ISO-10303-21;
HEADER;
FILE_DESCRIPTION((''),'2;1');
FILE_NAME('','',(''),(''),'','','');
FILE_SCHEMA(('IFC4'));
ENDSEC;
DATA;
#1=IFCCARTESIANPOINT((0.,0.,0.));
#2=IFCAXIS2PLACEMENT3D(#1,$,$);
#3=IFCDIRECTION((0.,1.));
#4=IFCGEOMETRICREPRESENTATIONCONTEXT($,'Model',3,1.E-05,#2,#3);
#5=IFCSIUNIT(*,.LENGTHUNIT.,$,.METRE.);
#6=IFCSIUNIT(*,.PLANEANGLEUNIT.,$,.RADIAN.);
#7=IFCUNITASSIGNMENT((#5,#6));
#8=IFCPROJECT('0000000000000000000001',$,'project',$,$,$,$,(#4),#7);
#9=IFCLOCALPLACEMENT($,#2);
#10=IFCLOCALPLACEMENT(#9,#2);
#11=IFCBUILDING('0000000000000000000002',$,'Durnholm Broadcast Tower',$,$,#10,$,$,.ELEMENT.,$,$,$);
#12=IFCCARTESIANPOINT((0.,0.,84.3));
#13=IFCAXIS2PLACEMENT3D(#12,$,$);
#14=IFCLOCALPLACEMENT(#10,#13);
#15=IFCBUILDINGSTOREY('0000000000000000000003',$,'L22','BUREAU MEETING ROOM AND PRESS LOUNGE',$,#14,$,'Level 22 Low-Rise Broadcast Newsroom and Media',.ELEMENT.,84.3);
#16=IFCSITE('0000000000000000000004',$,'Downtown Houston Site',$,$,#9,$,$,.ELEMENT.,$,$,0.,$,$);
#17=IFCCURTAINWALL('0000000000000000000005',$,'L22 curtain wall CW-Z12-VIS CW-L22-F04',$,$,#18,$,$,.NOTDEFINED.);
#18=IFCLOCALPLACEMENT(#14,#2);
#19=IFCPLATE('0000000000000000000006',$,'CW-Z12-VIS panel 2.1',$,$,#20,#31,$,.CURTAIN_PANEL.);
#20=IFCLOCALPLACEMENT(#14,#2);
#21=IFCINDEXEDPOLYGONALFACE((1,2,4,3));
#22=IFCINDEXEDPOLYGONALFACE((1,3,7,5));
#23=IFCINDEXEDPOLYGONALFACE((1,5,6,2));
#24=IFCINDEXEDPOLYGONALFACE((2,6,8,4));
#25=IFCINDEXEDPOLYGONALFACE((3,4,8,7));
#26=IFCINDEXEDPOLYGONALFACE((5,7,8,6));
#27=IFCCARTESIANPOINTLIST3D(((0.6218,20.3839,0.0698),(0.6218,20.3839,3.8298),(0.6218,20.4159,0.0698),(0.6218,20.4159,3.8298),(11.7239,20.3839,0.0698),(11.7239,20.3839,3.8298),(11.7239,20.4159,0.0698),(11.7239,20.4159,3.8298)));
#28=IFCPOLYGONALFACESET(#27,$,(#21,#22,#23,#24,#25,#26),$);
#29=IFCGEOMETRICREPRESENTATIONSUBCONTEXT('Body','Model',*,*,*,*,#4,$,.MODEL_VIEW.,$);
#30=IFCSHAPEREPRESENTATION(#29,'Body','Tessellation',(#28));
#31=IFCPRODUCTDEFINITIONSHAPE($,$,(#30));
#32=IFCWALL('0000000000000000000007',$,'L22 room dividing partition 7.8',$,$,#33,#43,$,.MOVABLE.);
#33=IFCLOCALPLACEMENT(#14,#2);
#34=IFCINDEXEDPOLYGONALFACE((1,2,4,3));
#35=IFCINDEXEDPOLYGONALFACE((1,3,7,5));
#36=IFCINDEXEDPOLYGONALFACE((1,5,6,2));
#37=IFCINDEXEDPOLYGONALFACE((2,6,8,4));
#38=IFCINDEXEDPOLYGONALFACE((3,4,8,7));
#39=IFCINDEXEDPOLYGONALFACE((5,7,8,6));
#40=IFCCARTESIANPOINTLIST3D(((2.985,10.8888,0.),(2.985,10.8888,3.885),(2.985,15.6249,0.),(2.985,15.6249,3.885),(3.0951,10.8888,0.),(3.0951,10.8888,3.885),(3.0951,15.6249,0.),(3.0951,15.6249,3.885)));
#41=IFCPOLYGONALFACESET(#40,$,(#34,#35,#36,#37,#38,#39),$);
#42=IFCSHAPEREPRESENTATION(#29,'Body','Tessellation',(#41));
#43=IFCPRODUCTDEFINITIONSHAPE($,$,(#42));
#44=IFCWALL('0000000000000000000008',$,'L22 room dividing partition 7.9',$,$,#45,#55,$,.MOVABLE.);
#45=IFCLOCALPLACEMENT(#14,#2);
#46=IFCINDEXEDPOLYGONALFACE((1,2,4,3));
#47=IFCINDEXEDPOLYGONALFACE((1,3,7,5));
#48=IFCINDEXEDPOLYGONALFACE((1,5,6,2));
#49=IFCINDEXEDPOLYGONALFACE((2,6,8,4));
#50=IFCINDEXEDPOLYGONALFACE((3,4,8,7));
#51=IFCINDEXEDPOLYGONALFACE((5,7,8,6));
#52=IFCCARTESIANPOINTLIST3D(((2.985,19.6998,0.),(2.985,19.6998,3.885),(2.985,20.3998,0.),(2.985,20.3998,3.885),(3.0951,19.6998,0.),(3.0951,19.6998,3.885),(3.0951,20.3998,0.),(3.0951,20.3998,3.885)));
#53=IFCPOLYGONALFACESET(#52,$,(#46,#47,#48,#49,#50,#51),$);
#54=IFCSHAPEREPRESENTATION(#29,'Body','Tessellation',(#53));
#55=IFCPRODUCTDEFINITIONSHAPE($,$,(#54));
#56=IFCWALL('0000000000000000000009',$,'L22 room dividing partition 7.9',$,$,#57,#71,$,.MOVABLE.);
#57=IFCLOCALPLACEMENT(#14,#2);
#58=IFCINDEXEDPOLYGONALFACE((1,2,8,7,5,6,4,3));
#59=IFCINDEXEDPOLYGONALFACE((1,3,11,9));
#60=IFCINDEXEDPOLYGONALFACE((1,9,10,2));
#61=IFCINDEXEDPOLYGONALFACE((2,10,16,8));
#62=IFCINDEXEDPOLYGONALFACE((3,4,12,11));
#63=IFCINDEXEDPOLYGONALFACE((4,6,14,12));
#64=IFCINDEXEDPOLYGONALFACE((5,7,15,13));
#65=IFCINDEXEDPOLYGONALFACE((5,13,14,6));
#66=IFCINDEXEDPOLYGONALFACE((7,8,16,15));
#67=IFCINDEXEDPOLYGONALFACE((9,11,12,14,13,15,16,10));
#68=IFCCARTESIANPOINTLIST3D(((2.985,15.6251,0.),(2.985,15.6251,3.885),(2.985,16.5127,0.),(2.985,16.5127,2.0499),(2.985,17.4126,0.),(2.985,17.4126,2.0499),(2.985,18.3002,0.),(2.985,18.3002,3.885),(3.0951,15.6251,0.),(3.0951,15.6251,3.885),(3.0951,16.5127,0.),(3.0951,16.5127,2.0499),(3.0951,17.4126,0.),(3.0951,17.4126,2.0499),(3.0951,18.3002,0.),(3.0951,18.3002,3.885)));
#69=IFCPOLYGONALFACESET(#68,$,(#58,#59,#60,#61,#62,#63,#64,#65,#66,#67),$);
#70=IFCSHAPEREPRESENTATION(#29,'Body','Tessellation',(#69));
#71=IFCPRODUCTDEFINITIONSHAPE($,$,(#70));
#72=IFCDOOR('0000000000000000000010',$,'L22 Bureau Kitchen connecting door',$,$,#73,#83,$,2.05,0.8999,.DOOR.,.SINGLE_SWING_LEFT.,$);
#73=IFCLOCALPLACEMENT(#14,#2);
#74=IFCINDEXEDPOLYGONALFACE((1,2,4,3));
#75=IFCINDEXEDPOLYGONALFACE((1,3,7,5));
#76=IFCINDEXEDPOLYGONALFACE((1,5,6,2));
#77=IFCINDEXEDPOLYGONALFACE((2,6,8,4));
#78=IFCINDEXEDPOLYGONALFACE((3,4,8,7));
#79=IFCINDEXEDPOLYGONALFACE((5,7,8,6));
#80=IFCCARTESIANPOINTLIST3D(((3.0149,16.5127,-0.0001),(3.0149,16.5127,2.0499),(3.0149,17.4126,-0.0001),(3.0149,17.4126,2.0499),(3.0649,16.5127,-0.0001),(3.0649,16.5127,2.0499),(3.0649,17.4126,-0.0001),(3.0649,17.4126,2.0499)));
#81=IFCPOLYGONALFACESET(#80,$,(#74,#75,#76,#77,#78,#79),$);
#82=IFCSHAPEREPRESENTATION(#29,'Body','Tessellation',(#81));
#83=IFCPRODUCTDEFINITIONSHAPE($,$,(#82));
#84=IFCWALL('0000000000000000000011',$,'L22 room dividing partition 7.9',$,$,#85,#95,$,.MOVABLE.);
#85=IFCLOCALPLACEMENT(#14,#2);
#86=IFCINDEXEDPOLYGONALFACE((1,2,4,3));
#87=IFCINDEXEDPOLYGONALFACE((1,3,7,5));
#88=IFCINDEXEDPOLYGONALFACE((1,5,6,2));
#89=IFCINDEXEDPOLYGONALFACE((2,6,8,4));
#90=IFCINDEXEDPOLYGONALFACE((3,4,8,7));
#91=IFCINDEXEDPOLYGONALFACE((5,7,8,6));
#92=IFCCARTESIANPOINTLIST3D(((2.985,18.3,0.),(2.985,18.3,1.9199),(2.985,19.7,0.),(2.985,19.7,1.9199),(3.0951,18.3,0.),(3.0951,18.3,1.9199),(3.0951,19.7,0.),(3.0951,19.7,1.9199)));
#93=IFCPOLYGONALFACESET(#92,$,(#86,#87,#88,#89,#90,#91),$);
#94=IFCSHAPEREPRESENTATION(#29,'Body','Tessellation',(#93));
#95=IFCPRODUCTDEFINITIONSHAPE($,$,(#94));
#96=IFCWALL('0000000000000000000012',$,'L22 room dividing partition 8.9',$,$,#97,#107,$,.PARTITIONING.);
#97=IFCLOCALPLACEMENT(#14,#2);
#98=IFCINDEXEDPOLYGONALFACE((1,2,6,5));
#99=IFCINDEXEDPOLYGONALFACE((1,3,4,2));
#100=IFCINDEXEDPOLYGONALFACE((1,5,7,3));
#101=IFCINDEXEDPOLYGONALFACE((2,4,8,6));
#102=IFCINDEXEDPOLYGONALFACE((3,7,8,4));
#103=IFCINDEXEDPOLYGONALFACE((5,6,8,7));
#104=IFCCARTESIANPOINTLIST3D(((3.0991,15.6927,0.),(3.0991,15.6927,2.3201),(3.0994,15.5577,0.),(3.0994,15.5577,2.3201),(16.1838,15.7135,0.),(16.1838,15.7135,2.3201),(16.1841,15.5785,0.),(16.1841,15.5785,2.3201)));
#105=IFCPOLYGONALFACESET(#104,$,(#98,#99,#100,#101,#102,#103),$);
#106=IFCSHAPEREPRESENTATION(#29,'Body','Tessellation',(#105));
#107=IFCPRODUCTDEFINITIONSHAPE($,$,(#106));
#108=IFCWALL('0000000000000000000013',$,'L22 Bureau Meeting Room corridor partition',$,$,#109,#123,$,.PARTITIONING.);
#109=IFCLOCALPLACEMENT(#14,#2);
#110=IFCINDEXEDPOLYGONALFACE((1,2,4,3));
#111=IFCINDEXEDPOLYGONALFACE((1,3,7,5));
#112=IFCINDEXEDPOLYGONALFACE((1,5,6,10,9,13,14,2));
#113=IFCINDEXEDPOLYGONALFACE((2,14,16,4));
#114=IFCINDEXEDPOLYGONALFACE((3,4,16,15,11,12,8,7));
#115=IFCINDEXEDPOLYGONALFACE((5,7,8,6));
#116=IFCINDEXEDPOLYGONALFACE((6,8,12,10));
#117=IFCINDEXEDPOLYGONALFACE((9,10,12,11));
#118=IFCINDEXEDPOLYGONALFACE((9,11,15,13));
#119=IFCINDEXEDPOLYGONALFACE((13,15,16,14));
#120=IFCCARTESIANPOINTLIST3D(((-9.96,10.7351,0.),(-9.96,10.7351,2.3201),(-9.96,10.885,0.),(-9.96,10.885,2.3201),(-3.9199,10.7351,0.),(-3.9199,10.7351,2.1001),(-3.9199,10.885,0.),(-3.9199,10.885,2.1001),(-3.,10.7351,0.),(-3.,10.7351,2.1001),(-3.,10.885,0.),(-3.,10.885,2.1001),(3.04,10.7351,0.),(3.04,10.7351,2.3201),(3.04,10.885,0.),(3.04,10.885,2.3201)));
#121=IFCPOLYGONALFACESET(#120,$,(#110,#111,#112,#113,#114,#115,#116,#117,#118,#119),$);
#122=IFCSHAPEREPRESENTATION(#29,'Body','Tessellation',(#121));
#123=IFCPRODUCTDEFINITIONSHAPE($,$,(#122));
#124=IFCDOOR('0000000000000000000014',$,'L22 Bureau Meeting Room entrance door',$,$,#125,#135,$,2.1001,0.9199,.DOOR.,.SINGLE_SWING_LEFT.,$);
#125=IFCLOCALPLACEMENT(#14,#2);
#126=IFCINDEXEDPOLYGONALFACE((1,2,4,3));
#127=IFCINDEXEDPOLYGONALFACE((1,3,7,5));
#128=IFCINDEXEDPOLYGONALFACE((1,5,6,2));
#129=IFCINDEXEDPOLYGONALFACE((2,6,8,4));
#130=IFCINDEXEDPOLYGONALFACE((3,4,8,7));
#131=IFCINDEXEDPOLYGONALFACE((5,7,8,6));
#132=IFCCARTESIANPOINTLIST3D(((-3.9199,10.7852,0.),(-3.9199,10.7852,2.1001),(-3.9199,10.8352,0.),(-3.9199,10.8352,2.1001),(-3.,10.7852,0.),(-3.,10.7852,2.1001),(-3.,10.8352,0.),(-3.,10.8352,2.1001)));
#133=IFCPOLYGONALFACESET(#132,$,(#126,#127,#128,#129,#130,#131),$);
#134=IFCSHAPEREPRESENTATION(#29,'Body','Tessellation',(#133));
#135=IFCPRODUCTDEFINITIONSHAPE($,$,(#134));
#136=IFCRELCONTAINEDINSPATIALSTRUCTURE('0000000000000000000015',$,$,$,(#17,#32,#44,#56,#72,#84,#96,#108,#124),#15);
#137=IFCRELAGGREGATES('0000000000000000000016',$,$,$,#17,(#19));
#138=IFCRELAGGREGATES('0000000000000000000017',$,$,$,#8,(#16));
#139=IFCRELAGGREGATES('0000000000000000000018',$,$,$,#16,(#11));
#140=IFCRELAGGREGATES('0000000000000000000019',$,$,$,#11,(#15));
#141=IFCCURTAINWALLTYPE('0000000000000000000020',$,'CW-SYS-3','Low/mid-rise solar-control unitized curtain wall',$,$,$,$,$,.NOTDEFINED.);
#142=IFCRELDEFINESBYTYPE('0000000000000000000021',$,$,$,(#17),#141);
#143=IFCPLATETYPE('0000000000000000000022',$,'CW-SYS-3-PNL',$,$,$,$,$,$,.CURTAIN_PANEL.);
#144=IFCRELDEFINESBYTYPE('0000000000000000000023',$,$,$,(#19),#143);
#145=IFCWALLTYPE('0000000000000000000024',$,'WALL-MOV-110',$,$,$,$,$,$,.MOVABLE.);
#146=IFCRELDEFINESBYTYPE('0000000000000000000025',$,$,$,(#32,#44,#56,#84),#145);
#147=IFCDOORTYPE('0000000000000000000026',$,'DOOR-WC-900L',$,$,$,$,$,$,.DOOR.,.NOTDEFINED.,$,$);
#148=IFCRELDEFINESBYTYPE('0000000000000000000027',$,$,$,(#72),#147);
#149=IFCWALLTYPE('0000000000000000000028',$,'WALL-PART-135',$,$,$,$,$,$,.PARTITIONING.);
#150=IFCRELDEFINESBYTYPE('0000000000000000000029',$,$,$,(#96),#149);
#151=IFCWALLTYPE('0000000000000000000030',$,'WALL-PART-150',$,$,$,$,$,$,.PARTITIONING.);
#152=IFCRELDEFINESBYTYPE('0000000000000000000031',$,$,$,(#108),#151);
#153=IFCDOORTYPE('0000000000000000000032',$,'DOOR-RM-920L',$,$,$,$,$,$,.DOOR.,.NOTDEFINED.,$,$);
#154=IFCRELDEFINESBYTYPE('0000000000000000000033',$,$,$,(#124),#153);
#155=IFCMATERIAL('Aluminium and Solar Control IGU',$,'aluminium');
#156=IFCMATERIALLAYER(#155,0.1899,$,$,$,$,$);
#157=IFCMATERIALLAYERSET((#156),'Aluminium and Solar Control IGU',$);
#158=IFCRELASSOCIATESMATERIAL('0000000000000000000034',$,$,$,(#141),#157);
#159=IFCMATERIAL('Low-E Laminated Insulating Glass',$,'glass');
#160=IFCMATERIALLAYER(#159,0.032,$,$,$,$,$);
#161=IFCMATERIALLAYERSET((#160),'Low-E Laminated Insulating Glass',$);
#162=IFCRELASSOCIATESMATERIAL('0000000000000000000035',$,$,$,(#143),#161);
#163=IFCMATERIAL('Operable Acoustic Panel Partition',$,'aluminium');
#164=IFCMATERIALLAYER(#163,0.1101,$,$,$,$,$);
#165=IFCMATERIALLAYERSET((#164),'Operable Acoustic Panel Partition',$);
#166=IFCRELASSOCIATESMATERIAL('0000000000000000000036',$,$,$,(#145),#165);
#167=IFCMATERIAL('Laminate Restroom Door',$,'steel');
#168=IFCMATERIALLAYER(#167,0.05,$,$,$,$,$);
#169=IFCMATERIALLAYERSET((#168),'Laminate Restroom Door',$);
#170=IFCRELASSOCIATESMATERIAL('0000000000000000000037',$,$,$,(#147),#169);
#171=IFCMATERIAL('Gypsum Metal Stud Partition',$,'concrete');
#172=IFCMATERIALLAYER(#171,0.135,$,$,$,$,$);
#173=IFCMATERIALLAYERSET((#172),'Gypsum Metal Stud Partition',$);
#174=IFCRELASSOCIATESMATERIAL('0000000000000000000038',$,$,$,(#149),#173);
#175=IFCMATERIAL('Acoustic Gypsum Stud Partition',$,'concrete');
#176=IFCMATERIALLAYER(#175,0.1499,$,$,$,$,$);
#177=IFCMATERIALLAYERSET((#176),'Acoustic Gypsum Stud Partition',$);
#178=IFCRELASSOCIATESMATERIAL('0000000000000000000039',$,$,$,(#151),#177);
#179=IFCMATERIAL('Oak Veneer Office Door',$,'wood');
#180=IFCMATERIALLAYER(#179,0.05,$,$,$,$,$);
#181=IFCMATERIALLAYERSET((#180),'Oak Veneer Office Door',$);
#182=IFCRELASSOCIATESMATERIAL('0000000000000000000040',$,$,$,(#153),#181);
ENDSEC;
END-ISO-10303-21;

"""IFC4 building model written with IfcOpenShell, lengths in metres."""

from ifc_helpers import new_model, si_unit, direction, frame, frame_2d, origin, origin_2d, place, context, subcontext, project, spatial, rectangle, extrude, source, transform, mapped, material, layer, layer_set, type_object, type_shapes, element, fill, aggregate, save


model = new_model("IFC4")

# Units and contexts
model_context = context("Model", 3, precision=1e-05, world=origin(), true_north=direction((0.0, 1.0)))
body_context = subcontext(model_context, "Body", "Model", "MODEL_VIEW")
ifc_project = project(units=[si_unit("LENGTHUNIT", "METRE"), si_unit("PLANEANGLEUNIT", "RADIAN")], contexts=[model_context])

# Site, building, storey
site_placement = place(None, origin())
site = spatial("IfcSite", under=ifc_project, at=site_placement, Name="Downtown Houston Site", CompositionType="ELEMENT", RefElevation=0.0)
building_placement = place(site_placement, origin())
building = spatial("IfcBuilding", under=site, at=building_placement, Name="Durnholm Broadcast Tower", CompositionType="ELEMENT")
storey_placement = place(building_placement, frame((0.0, 0.0, 84.3)))
storey = spatial("IfcBuildingStorey", under=building, at=storey_placement, Name="L22", Description="BUREAU MEETING ROOM AND PRESS LOUNGE", LongName="Level 22 Low-Rise Broadcast Newsroom and Media", CompositionType="ELEMENT", Elevation=84.3)

# Curtain wall
ifc_material_1 = material(Name="Aluminium and Solar Control IGU", Category="aluminium")
ifc_layer_1 = layer(ifc_material_1, 0.1899)
ifc_layer_set_1 = layer_set([ifc_layer_1], Name="Aluminium and Solar Control IGU")
curtain_wall_type_1 = type_object("IfcCurtainWallType", Name="CW-SYS-3", Description="Low/mid-rise solar-control unitized curtain wall", PredefinedType="NOTDEFINED", material=ifc_layer_set_1)
curtain_wall_1_placement = place(storey_placement, origin())
curtain_wall_1 = element("IfcCurtainWall", 1, at=curtain_wall_1_placement, inside=storey, type_object=curtain_wall_type_1, Name="L22 curtain wall CW-Z12-VIS CW-L22-F04", PredefinedType="NOTDEFINED")

# Plate
ifc_material_2 = material(Name="Low-E Laminated Insulating Glass", Category="glass")
ifc_layer_2 = layer(ifc_material_2, 0.032)
ifc_layer_set_2 = layer_set([ifc_layer_2], Name="Low-E Laminated Insulating Glass")
plate_type_1 = type_object("IfcPlateType", Name="CW-SYS-3-PNL", PredefinedType="CURTAIN_PANEL", material=ifc_layer_set_2)
shared_shape_1 = source(origin(), body_context, "Body", "SweptSolid", [
    extrude(rectangle(XDim=11.1021, YDim=0.032, at=origin_2d()), origin(), (0.0, 0.0, 1.0), 3.76),
])
type_shapes(plate_type_1, [shared_shape_1])
plate_1_placement = place(storey_placement, frame((6.1729, 20.3999, 0.0698), z_axis=(0.0, 0.0, 1.0), x_axis=(1.0, 0.0, 0.0)))
plate_1 = element("IfcPlate", 2, at=plate_1_placement, type_object=plate_type_1, Name="CW-Z12-VIS panel 2.1", PredefinedType="CURTAIN_PANEL", context=body_context, shape_type="MappedRepresentation", body=[
    mapped(shared_shape_1, transform((0.0, 0.0, 0.0), x_axis=(1.0, 0.0, 0.0), y_axis=(0.0, 1.0, 0.0), z_axis=(0.0, 0.0, 1.0), scale=1.0)),
])
aggregate(curtain_wall_1, [plate_1])

# Walls
ifc_material_3 = material(Name="Operable Acoustic Panel Partition", Category="aluminium")
ifc_layer_3 = layer(ifc_material_3, 0.1101)
ifc_layer_set_3 = layer_set([ifc_layer_3], Name="Operable Acoustic Panel Partition")
wall_type_1 = type_object("IfcWallType", Name="WALL-MOV-110", PredefinedType="MOVABLE", material=ifc_layer_set_3)
wall_1_placement = place(storey_placement, frame((3.04, 15.625, 0.0), z_axis=(0.0, 0.0, 1.0), x_axis=(0.0, -1.0, 0.0)))
element("IfcWall", 3, at=wall_1_placement, inside=storey, type_object=wall_type_1, Name="L22 room dividing partition 7.8", PredefinedType="MOVABLE", context=body_context, shape_type="SweptSolid", body=[
    extrude(rectangle(XDim=4.7361, YDim=0.1101, at=frame_2d((2.3682, 0.0))), origin(), (0.0, 0.0, 1.0), 3.885),
])
wall_2_placement = place(storey_placement, frame((3.04, 20.3999, 0.0), z_axis=(0.0, 0.0, 1.0), x_axis=(0.0, -1.0, 0.0)))
element("IfcWall", 4, at=wall_2_placement, inside=storey, type_object=wall_type_1, Name="L22 room dividing partition 7.9", PredefinedType="MOVABLE", context=body_context, shape_type="SweptSolid", body=[
    extrude(rectangle(XDim=0.7, YDim=0.1101, at=frame_2d((0.3501, 0.0))), origin(), (0.0, 0.0, 1.0), 3.885),
])

# Wall, opening, door
wall_3_placement = place(storey_placement, frame((3.04, 18.3, 0.0), z_axis=(0.0, 0.0, 1.0), x_axis=(0.0, -1.0, 0.0)))
wall_3 = element("IfcWall", 5, at=wall_3_placement, inside=storey, type_object=wall_type_1, Name="L22 room dividing partition 7.9", PredefinedType="MOVABLE", context=body_context, shape_type="SweptSolid", body=[
    extrude(rectangle(XDim=2.675, YDim=0.1101, at=frame_2d((1.3374, 0.0))), origin(), (0.0, 0.0, 1.0), 3.885),
])
opening_1_placement = place(wall_3_placement, frame((0.8875, 0.0, 0.0)))
opening_1 = element("IfcOpeningElement", 6, at=opening_1_placement, cuts=wall_3, PredefinedType="OPENING", context=body_context, shape_type="SweptSolid", body=[
    extrude(rectangle(XDim=0.8999, YDim=2.05, at=frame_2d((0.45, 1.0249))), frame((0.0, 0.0649, 0.0), z_axis=(0.0, -1.0, 0.0), x_axis=(1.0, 0.0, 0.0)), (0.0, 0.0, 1.0), 0.1301),
])
ifc_material_4 = material(Name="Laminate Restroom Door", Category="steel")
ifc_layer_4 = layer(ifc_material_4, 0.05)
ifc_layer_set_4 = layer_set([ifc_layer_4], Name="Laminate Restroom Door")
door_type_1 = type_object("IfcDoorType", Name="DOOR-WC-900L", OperationType="NOTDEFINED", PredefinedType="DOOR", material=ifc_layer_set_4)
shared_shape_2 = source(origin(), body_context, "Body", "SweptSolid", [
    extrude(rectangle(XDim=0.8999, YDim=2.05, at=frame_2d((0.45, 1.0249))), frame((0.0, 0.0249, 0.0), z_axis=(0.0, -1.0, 0.0), x_axis=(1.0, 0.0, 0.0)), (0.0, 0.0, 1.0), 0.05),
])
type_shapes(door_type_1, [shared_shape_2])
door_1_placement = place(opening_1_placement, origin())
door_1 = element("IfcDoor", 7, at=door_1_placement, inside=storey, type_object=door_type_1, Name="L22 Bureau Kitchen connecting door", OperationType="SINGLE_SWING_LEFT", OverallHeight=2.05, OverallWidth=0.8999, PredefinedType="DOOR", context=body_context, shape_type="MappedRepresentation", body=[
    mapped(shared_shape_2, transform((0.0, 0.0, 0.0), x_axis=(1.0, 0.0, 0.0), y_axis=(0.0, 1.0, 0.0), z_axis=(0.0, 0.0, 1.0), scale=1.0)),
])
fill(opening_1, door_1)

# Walls
wall_4_placement = place(storey_placement, frame((3.04, 19.7, 0.0), z_axis=(0.0, 0.0, 1.0), x_axis=(0.0, -1.0, 0.0)))
element("IfcWall", 8, at=wall_4_placement, inside=storey, type_object=wall_type_1, Name="L22 room dividing partition 7.9", PredefinedType="MOVABLE", context=body_context, shape_type="SweptSolid", body=[
    extrude(rectangle(XDim=1.3999, YDim=0.1101, at=frame_2d((0.7, 0.0))), origin(), (0.0, 0.0, 1.0), 1.9199),
])
ifc_material_5 = material(Name="Gypsum Metal Stud Partition", Category="concrete")
ifc_layer_5 = layer(ifc_material_5, 0.135)
ifc_layer_set_5 = layer_set([ifc_layer_5], Name="Gypsum Metal Stud Partition")
wall_type_2 = type_object("IfcWallType", Name="WALL-PART-135", PredefinedType="PARTITIONING", material=ifc_layer_set_5)
wall_5_placement = place(storey_placement, frame((3.0991, 15.6252, 0.0), z_axis=(0.0, 0.0, 1.0), x_axis=(0.999999, 0.001586, 0.0)))
element("IfcWall", 9, at=wall_5_placement, inside=storey, type_object=wall_type_2, Name="L22 room dividing partition 8.9", PredefinedType="PARTITIONING", context=body_context, shape_type="SweptSolid", body=[
    extrude(rectangle(XDim=13.0847, YDim=0.135, at=frame_2d((6.5425, 0.0))), origin(), (0.0, 0.0, 1.0), 2.3201),
])

# Wall, opening, door
ifc_material_6 = material(Name="Acoustic Gypsum Stud Partition", Category="concrete")
ifc_layer_6 = layer(ifc_material_6, 0.1499)
ifc_layer_set_6 = layer_set([ifc_layer_6], Name="Acoustic Gypsum Stud Partition")
wall_type_3 = type_object("IfcWallType", Name="WALL-PART-150", PredefinedType="PARTITIONING", material=ifc_layer_set_6)
wall_6_placement = place(storey_placement, frame((3.04, 10.8101, 0.0), z_axis=(0.0, 0.0, 1.0), x_axis=(-1.0, 0.0, 0.0)))
wall_6 = element("IfcWall", 10, at=wall_6_placement, inside=storey, type_object=wall_type_3, Name="L22 Bureau Meeting Room corridor partition", PredefinedType="PARTITIONING", context=body_context, shape_type="SweptSolid", body=[
    extrude(rectangle(XDim=13.0, YDim=0.1499, at=frame_2d((6.5, 0.0))), origin(), (0.0, 0.0, 1.0), 2.3201),
])
opening_2_placement = place(wall_6_placement, frame((6.04, 0.0, 0.0)))
opening_2 = element("IfcOpeningElement", 11, at=opening_2_placement, cuts=wall_6, PredefinedType="OPENING", context=body_context, shape_type="SweptSolid", body=[
    extrude(rectangle(XDim=0.9199, YDim=2.1001, at=frame_2d((0.46, 1.05))), frame((0.0, 0.085, 0.0), z_axis=(0.0, -1.0, 0.0), x_axis=(1.0, 0.0, 0.0)), (0.0, 0.0, 1.0), 0.1699),
])
ifc_material_7 = material(Name="Oak Veneer Office Door", Category="wood")
ifc_layer_7 = layer(ifc_material_7, 0.05)
ifc_layer_set_7 = layer_set([ifc_layer_7], Name="Oak Veneer Office Door")
door_type_2 = type_object("IfcDoorType", Name="DOOR-RM-920L", OperationType="NOTDEFINED", PredefinedType="DOOR", material=ifc_layer_set_7)
shared_shape_3 = source(origin(), body_context, "Body", "SweptSolid", [
    extrude(rectangle(XDim=0.9199, YDim=2.1001, at=frame_2d((0.46, 1.05))), frame((0.0, 0.0249, 0.0), z_axis=(0.0, -1.0, 0.0), x_axis=(1.0, 0.0, 0.0)), (0.0, 0.0, 1.0), 0.05),
])
type_shapes(door_type_2, [shared_shape_3])
door_2_placement = place(opening_2_placement, origin())
door_2 = element("IfcDoor", 12, at=door_2_placement, inside=storey, type_object=door_type_2, Name="L22 Bureau Meeting Room entrance door", OperationType="SINGLE_SWING_LEFT", OverallHeight=2.1001, OverallWidth=0.9199, PredefinedType="DOOR", context=body_context, shape_type="MappedRepresentation", body=[
    mapped(shared_shape_3, transform((0.0, 0.0, 0.0), x_axis=(1.0, 0.0, 0.0), y_axis=(0.0, 1.0, 0.0), z_axis=(0.0, 0.0, 1.0), scale=1.0)),
])
fill(opening_2, door_2)

save(model, "model.ifc")
